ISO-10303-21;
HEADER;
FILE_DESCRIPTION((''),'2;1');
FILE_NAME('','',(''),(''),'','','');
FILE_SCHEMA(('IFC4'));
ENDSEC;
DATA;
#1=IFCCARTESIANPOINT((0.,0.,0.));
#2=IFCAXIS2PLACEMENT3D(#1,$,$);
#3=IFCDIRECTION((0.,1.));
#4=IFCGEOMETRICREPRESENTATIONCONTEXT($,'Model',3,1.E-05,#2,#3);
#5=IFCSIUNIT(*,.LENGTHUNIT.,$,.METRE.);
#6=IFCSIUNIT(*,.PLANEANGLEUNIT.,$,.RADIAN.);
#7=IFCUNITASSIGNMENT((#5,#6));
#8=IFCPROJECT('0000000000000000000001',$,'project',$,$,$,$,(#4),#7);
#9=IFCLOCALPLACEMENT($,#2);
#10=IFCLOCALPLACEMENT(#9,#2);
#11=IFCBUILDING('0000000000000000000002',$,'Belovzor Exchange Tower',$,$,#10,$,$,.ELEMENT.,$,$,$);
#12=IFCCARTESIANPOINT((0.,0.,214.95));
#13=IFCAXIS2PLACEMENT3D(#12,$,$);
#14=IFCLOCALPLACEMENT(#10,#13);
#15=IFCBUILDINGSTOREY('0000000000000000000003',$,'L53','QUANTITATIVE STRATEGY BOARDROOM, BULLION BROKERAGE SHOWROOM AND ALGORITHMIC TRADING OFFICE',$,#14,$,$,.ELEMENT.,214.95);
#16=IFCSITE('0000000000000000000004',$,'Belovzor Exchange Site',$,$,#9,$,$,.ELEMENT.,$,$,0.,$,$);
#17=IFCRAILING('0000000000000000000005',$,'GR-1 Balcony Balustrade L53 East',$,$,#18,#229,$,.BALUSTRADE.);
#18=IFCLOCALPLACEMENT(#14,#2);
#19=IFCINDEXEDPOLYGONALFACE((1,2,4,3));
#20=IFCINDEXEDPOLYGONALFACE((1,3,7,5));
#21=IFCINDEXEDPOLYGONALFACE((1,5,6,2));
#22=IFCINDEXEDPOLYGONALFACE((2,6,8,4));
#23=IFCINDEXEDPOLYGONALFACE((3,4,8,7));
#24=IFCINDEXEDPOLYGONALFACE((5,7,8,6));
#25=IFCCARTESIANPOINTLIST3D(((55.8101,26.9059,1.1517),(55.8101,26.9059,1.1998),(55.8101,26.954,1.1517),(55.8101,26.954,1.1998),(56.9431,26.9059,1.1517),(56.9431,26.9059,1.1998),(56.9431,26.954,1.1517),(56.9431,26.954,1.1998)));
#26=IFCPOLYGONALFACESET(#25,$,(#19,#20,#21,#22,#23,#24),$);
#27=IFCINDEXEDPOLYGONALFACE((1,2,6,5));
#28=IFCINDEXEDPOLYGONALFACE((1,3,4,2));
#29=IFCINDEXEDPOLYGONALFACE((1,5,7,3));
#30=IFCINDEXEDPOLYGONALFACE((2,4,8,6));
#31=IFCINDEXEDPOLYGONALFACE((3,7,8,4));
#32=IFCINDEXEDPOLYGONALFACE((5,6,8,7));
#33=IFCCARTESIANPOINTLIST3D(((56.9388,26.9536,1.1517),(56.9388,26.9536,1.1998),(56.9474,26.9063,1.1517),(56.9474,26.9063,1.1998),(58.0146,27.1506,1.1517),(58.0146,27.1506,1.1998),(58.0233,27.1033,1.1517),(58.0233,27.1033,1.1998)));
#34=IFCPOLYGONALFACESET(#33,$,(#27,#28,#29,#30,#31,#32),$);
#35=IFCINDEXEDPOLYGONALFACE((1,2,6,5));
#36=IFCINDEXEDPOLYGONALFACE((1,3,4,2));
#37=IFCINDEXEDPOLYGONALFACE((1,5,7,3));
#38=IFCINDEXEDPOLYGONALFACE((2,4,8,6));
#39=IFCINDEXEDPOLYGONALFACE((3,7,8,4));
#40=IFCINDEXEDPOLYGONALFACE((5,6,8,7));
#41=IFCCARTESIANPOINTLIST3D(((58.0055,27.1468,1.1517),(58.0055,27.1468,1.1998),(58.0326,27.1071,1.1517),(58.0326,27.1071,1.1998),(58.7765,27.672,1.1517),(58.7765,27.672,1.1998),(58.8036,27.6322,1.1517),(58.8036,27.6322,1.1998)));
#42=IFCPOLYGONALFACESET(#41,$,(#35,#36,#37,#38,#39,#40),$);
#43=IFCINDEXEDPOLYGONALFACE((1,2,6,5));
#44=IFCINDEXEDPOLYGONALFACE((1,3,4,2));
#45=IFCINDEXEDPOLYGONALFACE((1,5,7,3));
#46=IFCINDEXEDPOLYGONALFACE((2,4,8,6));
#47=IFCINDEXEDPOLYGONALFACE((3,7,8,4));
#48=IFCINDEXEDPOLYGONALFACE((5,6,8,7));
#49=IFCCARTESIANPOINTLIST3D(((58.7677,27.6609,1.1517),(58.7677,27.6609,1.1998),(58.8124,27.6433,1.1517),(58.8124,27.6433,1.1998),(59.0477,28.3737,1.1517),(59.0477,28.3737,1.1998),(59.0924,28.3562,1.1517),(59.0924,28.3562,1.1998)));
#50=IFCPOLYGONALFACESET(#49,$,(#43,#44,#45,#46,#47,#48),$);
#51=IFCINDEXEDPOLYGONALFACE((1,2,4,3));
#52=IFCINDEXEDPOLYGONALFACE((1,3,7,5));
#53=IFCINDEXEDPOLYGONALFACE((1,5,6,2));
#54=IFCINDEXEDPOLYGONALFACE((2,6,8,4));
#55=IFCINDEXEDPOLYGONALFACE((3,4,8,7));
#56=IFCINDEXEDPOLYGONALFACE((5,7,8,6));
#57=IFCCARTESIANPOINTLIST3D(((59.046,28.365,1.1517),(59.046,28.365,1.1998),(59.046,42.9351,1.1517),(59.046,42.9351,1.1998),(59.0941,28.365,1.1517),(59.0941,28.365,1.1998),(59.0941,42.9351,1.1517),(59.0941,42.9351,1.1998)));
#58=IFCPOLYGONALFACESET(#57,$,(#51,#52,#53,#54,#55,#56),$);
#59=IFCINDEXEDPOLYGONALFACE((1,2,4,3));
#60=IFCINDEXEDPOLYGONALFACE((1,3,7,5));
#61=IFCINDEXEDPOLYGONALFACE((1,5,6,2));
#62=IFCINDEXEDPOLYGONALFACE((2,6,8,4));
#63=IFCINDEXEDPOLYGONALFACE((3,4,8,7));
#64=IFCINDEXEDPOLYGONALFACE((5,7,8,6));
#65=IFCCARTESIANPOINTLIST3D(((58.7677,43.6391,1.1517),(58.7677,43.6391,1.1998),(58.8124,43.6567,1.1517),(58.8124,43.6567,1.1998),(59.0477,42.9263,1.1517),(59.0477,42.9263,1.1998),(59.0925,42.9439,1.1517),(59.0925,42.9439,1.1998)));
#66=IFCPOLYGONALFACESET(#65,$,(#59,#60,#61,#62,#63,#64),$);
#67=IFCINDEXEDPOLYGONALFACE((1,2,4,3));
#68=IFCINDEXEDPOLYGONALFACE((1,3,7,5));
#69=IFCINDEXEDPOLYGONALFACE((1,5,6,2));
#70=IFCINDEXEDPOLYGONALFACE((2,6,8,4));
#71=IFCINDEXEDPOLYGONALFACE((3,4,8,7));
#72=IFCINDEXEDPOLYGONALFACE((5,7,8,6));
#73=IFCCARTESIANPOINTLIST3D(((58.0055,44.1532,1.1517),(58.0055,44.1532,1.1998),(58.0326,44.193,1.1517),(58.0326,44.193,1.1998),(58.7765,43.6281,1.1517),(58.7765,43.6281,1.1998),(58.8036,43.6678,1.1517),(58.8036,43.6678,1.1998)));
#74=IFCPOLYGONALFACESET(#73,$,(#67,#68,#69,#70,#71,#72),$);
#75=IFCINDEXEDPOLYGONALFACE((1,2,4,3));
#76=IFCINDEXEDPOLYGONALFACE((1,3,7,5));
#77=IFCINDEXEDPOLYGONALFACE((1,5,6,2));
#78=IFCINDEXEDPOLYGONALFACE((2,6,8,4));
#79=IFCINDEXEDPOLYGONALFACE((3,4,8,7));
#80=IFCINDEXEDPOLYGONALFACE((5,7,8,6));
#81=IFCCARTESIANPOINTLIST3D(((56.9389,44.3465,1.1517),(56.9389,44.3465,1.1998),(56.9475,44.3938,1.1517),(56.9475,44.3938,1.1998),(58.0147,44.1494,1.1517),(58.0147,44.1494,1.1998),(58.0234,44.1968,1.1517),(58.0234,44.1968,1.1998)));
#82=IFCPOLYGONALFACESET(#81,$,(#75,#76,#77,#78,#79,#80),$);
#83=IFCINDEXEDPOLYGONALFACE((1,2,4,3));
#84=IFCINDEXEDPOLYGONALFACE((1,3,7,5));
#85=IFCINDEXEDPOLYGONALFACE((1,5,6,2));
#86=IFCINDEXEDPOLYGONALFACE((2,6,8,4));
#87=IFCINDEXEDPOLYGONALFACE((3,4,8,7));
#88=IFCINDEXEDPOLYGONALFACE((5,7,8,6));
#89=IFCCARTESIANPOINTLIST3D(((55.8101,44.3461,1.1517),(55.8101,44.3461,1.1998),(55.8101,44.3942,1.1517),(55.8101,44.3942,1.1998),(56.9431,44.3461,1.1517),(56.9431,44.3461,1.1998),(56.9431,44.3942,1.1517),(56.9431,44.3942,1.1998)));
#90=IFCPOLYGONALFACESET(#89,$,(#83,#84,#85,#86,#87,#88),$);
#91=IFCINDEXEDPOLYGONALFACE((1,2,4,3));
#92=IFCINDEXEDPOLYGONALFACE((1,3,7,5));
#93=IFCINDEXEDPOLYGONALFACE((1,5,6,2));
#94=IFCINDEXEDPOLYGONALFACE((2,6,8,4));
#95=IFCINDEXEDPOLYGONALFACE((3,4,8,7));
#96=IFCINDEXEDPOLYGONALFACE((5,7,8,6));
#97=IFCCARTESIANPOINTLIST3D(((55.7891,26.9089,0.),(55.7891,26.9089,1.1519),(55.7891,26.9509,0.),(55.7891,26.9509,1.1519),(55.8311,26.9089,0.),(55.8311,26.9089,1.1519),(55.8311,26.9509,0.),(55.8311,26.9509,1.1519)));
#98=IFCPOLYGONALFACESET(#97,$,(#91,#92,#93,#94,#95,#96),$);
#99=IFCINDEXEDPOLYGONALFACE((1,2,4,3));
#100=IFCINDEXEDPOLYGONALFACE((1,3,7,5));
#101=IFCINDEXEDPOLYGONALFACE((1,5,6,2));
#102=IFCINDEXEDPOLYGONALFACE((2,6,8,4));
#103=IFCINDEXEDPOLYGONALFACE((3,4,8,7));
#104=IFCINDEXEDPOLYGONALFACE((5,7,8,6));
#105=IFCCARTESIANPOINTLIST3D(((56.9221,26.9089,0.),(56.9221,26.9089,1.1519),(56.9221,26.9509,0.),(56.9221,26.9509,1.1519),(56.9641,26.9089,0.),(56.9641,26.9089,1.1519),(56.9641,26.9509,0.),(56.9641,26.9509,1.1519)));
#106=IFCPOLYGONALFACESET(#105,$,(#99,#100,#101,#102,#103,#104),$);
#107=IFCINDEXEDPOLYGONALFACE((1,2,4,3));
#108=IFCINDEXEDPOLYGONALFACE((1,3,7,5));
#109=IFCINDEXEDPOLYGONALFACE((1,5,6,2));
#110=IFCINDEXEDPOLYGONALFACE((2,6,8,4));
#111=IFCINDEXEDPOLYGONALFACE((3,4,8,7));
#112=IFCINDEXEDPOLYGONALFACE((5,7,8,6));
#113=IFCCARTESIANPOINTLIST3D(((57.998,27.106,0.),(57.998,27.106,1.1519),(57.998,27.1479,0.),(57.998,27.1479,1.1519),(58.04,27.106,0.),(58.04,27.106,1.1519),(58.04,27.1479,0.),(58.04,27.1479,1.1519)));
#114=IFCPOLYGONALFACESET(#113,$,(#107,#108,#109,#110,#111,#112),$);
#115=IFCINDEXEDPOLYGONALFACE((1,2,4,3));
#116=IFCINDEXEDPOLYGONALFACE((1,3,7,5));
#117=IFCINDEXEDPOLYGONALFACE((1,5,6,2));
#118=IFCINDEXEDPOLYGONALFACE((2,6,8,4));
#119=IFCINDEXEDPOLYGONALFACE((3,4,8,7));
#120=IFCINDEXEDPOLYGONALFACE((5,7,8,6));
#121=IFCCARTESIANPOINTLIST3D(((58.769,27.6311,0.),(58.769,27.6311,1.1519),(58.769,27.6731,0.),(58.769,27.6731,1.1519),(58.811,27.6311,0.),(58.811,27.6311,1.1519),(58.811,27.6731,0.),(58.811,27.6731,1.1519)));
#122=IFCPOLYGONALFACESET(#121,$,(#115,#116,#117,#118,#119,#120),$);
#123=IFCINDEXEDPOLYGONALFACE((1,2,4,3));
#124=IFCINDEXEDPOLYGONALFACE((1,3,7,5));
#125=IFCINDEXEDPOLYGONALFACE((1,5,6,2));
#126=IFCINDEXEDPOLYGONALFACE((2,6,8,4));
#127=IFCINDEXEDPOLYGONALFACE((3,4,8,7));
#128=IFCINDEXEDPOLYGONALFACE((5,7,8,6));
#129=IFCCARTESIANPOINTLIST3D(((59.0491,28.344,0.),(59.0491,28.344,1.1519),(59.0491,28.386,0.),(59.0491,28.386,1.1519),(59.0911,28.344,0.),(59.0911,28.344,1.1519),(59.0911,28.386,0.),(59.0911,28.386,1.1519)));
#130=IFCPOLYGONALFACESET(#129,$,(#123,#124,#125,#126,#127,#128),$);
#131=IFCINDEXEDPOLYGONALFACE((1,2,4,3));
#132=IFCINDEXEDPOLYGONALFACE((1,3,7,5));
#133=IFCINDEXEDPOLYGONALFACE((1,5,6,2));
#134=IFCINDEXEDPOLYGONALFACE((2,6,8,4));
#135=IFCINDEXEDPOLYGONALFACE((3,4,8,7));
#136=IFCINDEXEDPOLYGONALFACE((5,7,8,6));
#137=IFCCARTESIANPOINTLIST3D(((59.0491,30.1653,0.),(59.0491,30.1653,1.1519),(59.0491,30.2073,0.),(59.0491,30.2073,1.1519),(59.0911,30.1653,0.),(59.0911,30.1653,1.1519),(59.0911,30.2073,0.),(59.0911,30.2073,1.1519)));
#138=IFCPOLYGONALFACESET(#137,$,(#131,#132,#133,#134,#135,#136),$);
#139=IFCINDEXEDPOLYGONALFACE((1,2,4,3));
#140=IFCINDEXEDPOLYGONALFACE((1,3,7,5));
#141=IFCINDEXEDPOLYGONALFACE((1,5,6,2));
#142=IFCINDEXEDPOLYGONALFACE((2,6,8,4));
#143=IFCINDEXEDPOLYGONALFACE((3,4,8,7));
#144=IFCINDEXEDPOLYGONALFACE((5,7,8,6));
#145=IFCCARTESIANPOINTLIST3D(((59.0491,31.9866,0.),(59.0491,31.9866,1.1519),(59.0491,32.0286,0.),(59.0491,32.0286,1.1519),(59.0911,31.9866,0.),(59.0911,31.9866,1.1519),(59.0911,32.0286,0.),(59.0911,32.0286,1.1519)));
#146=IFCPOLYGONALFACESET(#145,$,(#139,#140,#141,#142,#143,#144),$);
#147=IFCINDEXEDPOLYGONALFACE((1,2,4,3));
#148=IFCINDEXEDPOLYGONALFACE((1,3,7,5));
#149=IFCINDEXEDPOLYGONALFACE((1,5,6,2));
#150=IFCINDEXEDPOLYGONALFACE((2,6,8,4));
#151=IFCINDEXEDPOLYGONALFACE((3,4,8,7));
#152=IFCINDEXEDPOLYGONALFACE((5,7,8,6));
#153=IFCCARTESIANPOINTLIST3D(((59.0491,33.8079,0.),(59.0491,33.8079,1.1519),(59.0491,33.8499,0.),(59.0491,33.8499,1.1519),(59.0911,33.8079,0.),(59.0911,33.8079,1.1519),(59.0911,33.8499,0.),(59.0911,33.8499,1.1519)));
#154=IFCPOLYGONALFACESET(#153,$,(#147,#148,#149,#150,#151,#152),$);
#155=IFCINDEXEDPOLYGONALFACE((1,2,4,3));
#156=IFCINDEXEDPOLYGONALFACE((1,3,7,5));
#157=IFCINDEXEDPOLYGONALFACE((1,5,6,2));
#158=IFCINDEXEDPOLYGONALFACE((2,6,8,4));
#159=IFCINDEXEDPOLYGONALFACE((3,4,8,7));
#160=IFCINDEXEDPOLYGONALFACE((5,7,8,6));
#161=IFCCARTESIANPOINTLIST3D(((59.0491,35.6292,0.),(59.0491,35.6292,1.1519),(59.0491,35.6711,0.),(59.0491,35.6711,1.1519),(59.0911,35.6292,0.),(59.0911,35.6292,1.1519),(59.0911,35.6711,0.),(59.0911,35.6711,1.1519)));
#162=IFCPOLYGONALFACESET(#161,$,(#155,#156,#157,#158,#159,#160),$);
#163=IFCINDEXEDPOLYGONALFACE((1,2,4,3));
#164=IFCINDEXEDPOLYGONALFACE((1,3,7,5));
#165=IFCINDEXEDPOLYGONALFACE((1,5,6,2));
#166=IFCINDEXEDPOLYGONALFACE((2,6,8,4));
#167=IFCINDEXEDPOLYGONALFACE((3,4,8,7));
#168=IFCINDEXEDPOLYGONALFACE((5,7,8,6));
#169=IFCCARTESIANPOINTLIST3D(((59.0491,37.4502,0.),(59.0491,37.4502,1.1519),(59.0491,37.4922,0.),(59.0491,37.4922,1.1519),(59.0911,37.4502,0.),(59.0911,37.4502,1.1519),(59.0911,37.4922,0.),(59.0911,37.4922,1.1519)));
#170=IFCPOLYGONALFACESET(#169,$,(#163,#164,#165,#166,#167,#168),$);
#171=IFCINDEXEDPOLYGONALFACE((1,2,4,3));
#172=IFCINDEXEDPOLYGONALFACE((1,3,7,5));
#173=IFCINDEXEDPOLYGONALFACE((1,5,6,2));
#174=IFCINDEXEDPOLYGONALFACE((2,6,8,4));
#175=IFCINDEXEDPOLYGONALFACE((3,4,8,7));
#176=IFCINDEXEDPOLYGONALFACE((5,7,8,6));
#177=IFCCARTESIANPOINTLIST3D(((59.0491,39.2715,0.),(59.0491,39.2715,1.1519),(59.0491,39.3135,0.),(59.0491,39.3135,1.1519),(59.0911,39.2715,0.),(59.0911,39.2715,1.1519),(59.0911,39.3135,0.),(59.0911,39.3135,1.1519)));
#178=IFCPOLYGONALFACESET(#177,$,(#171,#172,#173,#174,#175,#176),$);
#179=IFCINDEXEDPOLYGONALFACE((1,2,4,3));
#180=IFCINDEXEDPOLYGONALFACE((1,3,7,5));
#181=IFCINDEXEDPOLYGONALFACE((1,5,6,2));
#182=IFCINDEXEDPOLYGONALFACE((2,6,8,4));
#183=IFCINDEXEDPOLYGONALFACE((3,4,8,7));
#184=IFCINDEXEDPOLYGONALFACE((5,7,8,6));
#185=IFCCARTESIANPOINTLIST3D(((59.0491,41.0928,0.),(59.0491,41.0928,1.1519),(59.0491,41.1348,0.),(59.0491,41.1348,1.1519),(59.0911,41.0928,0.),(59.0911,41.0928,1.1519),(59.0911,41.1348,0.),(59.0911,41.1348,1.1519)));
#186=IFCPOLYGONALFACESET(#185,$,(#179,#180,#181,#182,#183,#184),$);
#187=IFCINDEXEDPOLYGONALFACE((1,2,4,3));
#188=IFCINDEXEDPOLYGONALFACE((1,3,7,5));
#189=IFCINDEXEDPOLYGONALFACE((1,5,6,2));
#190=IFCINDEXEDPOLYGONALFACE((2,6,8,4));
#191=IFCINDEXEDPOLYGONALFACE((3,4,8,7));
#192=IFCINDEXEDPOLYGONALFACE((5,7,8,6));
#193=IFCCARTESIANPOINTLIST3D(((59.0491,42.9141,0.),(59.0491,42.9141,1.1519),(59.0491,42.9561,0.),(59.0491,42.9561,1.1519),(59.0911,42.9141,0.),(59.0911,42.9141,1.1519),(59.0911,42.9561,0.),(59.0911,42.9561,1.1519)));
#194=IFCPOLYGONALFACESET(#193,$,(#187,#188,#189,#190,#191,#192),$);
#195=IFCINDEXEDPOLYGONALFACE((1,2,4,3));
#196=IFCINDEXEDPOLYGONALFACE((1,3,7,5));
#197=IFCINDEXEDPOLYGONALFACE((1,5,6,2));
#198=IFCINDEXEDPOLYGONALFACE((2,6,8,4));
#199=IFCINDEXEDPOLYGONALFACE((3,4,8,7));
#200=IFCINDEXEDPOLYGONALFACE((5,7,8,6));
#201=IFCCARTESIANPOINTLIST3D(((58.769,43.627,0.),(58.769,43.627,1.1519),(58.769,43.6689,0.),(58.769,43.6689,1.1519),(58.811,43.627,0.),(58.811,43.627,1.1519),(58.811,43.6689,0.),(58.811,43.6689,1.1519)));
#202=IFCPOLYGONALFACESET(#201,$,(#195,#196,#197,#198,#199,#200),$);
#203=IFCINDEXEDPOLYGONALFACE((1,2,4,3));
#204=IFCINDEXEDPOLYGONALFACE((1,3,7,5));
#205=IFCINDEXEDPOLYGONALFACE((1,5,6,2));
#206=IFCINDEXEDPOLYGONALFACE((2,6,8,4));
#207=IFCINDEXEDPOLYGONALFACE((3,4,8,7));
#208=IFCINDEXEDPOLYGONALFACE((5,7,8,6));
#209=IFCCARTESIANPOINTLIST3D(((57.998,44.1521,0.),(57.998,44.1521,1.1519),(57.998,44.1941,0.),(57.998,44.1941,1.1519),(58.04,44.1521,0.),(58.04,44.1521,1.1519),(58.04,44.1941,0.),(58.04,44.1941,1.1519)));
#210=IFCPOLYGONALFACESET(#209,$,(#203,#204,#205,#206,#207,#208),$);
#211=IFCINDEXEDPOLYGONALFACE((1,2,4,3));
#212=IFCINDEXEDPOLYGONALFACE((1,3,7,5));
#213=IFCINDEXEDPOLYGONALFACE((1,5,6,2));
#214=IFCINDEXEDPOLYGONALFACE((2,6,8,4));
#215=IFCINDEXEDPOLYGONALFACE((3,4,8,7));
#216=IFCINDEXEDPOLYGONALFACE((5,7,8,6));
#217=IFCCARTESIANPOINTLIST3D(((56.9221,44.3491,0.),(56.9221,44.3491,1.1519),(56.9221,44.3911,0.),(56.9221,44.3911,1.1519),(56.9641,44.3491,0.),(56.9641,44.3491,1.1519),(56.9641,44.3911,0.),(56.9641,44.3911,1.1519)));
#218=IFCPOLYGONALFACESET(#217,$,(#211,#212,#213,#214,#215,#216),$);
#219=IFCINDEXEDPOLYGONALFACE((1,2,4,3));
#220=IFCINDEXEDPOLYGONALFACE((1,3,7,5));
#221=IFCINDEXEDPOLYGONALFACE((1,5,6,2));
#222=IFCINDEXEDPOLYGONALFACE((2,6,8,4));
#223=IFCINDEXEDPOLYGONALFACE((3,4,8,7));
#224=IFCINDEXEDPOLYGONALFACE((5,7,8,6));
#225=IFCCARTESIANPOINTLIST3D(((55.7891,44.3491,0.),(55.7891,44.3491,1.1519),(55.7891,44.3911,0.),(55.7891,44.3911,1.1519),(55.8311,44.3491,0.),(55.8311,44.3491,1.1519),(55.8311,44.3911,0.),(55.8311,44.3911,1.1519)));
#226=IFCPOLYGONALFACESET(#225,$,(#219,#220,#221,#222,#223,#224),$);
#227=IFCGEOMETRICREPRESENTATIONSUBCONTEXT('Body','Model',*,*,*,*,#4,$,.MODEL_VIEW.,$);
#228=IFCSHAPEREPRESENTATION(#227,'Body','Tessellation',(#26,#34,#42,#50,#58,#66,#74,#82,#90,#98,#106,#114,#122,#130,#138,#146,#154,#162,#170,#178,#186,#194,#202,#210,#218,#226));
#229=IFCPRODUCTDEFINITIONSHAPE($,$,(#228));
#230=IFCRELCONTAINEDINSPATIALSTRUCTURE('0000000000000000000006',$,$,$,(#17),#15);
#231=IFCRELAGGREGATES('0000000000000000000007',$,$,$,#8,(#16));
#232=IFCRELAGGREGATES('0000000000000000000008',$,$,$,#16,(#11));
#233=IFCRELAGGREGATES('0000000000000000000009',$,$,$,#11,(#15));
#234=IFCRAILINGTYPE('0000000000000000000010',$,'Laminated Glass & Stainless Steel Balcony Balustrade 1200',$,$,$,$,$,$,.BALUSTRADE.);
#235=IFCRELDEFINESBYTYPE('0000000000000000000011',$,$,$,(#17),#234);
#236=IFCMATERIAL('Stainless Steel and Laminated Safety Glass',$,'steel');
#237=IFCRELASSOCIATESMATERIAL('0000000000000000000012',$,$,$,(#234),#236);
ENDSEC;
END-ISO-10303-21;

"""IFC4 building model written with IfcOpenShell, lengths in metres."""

from ifc_helpers import new_model, si_unit, direction, frame, origin, origin_2d, place, context, subcontext, project, spatial, rectangle, extrude, material, type_object, element, save


model = new_model("IFC4")

# Units and contexts
model_context = context("Model", 3, precision=1e-05, world=origin(), true_north=direction((0.0, 1.0)))
body_context = subcontext(model_context, "Body", "Model", "MODEL_VIEW")
ifc_project = project(units=[si_unit("LENGTHUNIT", "METRE"), si_unit("PLANEANGLEUNIT", "RADIAN")], contexts=[model_context])

# Site, building, storey
site_placement = place(None, origin())
site = spatial("IfcSite", under=ifc_project, at=site_placement, Name="Belovzor Exchange Site", CompositionType="ELEMENT", RefElevation=0.0)
building_placement = place(site_placement, origin())
building = spatial("IfcBuilding", under=site, at=building_placement, Name="Belovzor Exchange Tower", CompositionType="ELEMENT")
storey_placement = place(building_placement, frame((0.0, 0.0, 214.95)))
storey = spatial("IfcBuildingStorey", under=building, at=storey_placement, Name="L53", Description="QUANTITATIVE STRATEGY BOARDROOM, BULLION BROKERAGE SHOWROOM AND ALGORITHMIC TRADING OFFICE", CompositionType="ELEMENT", Elevation=214.95)

# Railing
ifc_material_1 = material(Name="Stainless Steel and Laminated Safety Glass", Category="steel")
railing_type = type_object("IfcRailingType", Name="Laminated Glass & Stainless Steel Balcony Balustrade 1200", PredefinedType="BALUSTRADE", material=ifc_material_1)
railing_placement = place(storey_placement, frame((55.8101, 26.9299, 0.0)))
element("IfcRailing", 1, at=railing_placement, inside=storey, type_object=railing_type, Name="GR-1 Balcony Balustrade L53 East", PredefinedType="BALUSTRADE", context=body_context, shape_type="SweptSolid", body=[
    extrude(rectangle(XDim=0.0481, YDim=0.0481, at=origin_2d()), frame((0.0, 0.0, 1.1758), z_axis=(1.0, 0.0, 0.0), x_axis=(0.0, 1.0, 0.0)), (0.0, 0.0, 1.0), 1.1331),
    extrude(rectangle(XDim=0.0481, YDim=0.0481, at=origin_2d()), frame((1.1331, 0.0, 1.1758), z_axis=(0.983644, 0.180123, 0.0), x_axis=(-0.180123, 0.983644, 0.0)), (0.0, 0.0, 1.0), 1.0938),
    extrude(rectangle(XDim=0.0481, YDim=0.0481, at=origin_2d()), frame((2.209, 0.197, 1.1758), z_axis=(0.826493, 0.562947, 0.0), x_axis=(-0.562947, 0.826493, 0.0)), (0.0, 0.0, 1.0), 0.9329),
    extrude(rectangle(XDim=0.0481, YDim=0.0481, at=origin_2d()), frame((2.98, 0.7222, 1.1758), z_axis=(0.365613, 0.930767, 0.0), x_axis=(-0.930767, 0.365613, 0.0)), (0.0, 0.0, 1.0), 0.7659),
    extrude(rectangle(XDim=0.0481, YDim=0.0481, at=origin_2d()), frame((3.26, 1.4351, 1.1758), z_axis=(0.0, 1.0, 0.0), x_axis=(-1.0, 0.0, 0.0)), (0.0, 0.0, 1.0), 14.5701),
    extrude(rectangle(XDim=0.0481, YDim=0.0481, at=origin_2d()), frame((3.26, 16.0051, 1.1758), z_axis=(-0.365613, 0.930767, 0.0), x_axis=(-0.930767, -0.365613, 0.0)), (0.0, 0.0, 1.0), 0.7659),
    extrude(rectangle(XDim=0.0481, YDim=0.0481, at=origin_2d()), frame((2.98, 16.718, 1.1758), z_axis=(-0.826493, 0.562947, 0.0), x_axis=(-0.562947, -0.826493, 0.0)), (0.0, 0.0, 1.0), 0.9329),
    extrude(rectangle(XDim=0.0481, YDim=0.0481, at=origin_2d()), frame((2.209, 17.2432, 1.1758), z_axis=(-0.983644, 0.180123, 0.0), x_axis=(-0.180123, -0.983644, 0.0)), (0.0, 0.0, 1.0), 1.0938),
    extrude(rectangle(XDim=0.0481, YDim=0.0481, at=origin_2d()), frame((1.1331, 17.4402, 1.1758), z_axis=(-1.0, 0.0, 0.0), x_axis=(0.0, -1.0, 0.0)), (0.0, 0.0, 1.0), 1.1331),
    extrude(rectangle(XDim=0.042, YDim=0.042, at=origin_2d()), origin(), (0.0, 0.0, 1.0), 1.1519),
    extrude(rectangle(XDim=0.042, YDim=0.042, at=origin_2d()), frame((1.1331, 0.0, 0.0)), (0.0, 0.0, 1.0), 1.1519),
    extrude(rectangle(XDim=0.042, YDim=0.042, at=origin_2d()), frame((2.209, 0.197, 0.0)), (0.0, 0.0, 1.0), 1.1519),
    extrude(rectangle(XDim=0.042, YDim=0.042, at=origin_2d()), frame((2.98, 0.7222, 0.0)), (0.0, 0.0, 1.0), 1.1519),
    extrude(rectangle(XDim=0.042, YDim=0.042, at=origin_2d()), frame((3.26, 1.4351, 0.0)), (0.0, 0.0, 1.0), 1.1519),
    extrude(rectangle(XDim=0.042, YDim=0.042, at=origin_2d()), frame((3.26, 3.2563, 0.0)), (0.0, 0.0, 1.0), 1.1519),
    extrude(rectangle(XDim=0.042, YDim=0.042, at=origin_2d()), frame((3.26, 5.0776, 0.0)), (0.0, 0.0, 1.0), 1.1519),
    extrude(rectangle(XDim=0.042, YDim=0.042, at=origin_2d()), frame((3.26, 6.8989, 0.0)), (0.0, 0.0, 1.0), 1.1519),
    extrude(rectangle(XDim=0.042, YDim=0.042, at=origin_2d()), frame((3.26, 8.7202, 0.0)), (0.0, 0.0, 1.0), 1.1519),
    extrude(rectangle(XDim=0.042, YDim=0.042, at=origin_2d()), frame((3.26, 10.5413, 0.0)), (0.0, 0.0, 1.0), 1.1519),
    extrude(rectangle(XDim=0.042, YDim=0.042, at=origin_2d()), frame((3.26, 12.3625, 0.0)), (0.0, 0.0, 1.0), 1.1519),
    extrude(rectangle(XDim=0.042, YDim=0.042, at=origin_2d()), frame((3.26, 14.1838, 0.0)), (0.0, 0.0, 1.0), 1.1519),
    extrude(rectangle(XDim=0.042, YDim=0.042, at=origin_2d()), frame((3.26, 16.0051, 0.0)), (0.0, 0.0, 1.0), 1.1519),
    extrude(rectangle(XDim=0.042, YDim=0.042, at=origin_2d()), frame((2.98, 16.718, 0.0)), (0.0, 0.0, 1.0), 1.1519),
    extrude(rectangle(XDim=0.042, YDim=0.042, at=origin_2d()), frame((2.209, 17.2432, 0.0)), (0.0, 0.0, 1.0), 1.1519),
    extrude(rectangle(XDim=0.042, YDim=0.042, at=origin_2d()), frame((1.1331, 17.4402, 0.0)), (0.0, 0.0, 1.0), 1.1519),
    extrude(rectangle(XDim=0.042, YDim=0.042, at=origin_2d()), frame((0.0, 17.4402, 0.0)), (0.0, 0.0, 1.0), 1.1519),
])

save(model, "model.ifc")
